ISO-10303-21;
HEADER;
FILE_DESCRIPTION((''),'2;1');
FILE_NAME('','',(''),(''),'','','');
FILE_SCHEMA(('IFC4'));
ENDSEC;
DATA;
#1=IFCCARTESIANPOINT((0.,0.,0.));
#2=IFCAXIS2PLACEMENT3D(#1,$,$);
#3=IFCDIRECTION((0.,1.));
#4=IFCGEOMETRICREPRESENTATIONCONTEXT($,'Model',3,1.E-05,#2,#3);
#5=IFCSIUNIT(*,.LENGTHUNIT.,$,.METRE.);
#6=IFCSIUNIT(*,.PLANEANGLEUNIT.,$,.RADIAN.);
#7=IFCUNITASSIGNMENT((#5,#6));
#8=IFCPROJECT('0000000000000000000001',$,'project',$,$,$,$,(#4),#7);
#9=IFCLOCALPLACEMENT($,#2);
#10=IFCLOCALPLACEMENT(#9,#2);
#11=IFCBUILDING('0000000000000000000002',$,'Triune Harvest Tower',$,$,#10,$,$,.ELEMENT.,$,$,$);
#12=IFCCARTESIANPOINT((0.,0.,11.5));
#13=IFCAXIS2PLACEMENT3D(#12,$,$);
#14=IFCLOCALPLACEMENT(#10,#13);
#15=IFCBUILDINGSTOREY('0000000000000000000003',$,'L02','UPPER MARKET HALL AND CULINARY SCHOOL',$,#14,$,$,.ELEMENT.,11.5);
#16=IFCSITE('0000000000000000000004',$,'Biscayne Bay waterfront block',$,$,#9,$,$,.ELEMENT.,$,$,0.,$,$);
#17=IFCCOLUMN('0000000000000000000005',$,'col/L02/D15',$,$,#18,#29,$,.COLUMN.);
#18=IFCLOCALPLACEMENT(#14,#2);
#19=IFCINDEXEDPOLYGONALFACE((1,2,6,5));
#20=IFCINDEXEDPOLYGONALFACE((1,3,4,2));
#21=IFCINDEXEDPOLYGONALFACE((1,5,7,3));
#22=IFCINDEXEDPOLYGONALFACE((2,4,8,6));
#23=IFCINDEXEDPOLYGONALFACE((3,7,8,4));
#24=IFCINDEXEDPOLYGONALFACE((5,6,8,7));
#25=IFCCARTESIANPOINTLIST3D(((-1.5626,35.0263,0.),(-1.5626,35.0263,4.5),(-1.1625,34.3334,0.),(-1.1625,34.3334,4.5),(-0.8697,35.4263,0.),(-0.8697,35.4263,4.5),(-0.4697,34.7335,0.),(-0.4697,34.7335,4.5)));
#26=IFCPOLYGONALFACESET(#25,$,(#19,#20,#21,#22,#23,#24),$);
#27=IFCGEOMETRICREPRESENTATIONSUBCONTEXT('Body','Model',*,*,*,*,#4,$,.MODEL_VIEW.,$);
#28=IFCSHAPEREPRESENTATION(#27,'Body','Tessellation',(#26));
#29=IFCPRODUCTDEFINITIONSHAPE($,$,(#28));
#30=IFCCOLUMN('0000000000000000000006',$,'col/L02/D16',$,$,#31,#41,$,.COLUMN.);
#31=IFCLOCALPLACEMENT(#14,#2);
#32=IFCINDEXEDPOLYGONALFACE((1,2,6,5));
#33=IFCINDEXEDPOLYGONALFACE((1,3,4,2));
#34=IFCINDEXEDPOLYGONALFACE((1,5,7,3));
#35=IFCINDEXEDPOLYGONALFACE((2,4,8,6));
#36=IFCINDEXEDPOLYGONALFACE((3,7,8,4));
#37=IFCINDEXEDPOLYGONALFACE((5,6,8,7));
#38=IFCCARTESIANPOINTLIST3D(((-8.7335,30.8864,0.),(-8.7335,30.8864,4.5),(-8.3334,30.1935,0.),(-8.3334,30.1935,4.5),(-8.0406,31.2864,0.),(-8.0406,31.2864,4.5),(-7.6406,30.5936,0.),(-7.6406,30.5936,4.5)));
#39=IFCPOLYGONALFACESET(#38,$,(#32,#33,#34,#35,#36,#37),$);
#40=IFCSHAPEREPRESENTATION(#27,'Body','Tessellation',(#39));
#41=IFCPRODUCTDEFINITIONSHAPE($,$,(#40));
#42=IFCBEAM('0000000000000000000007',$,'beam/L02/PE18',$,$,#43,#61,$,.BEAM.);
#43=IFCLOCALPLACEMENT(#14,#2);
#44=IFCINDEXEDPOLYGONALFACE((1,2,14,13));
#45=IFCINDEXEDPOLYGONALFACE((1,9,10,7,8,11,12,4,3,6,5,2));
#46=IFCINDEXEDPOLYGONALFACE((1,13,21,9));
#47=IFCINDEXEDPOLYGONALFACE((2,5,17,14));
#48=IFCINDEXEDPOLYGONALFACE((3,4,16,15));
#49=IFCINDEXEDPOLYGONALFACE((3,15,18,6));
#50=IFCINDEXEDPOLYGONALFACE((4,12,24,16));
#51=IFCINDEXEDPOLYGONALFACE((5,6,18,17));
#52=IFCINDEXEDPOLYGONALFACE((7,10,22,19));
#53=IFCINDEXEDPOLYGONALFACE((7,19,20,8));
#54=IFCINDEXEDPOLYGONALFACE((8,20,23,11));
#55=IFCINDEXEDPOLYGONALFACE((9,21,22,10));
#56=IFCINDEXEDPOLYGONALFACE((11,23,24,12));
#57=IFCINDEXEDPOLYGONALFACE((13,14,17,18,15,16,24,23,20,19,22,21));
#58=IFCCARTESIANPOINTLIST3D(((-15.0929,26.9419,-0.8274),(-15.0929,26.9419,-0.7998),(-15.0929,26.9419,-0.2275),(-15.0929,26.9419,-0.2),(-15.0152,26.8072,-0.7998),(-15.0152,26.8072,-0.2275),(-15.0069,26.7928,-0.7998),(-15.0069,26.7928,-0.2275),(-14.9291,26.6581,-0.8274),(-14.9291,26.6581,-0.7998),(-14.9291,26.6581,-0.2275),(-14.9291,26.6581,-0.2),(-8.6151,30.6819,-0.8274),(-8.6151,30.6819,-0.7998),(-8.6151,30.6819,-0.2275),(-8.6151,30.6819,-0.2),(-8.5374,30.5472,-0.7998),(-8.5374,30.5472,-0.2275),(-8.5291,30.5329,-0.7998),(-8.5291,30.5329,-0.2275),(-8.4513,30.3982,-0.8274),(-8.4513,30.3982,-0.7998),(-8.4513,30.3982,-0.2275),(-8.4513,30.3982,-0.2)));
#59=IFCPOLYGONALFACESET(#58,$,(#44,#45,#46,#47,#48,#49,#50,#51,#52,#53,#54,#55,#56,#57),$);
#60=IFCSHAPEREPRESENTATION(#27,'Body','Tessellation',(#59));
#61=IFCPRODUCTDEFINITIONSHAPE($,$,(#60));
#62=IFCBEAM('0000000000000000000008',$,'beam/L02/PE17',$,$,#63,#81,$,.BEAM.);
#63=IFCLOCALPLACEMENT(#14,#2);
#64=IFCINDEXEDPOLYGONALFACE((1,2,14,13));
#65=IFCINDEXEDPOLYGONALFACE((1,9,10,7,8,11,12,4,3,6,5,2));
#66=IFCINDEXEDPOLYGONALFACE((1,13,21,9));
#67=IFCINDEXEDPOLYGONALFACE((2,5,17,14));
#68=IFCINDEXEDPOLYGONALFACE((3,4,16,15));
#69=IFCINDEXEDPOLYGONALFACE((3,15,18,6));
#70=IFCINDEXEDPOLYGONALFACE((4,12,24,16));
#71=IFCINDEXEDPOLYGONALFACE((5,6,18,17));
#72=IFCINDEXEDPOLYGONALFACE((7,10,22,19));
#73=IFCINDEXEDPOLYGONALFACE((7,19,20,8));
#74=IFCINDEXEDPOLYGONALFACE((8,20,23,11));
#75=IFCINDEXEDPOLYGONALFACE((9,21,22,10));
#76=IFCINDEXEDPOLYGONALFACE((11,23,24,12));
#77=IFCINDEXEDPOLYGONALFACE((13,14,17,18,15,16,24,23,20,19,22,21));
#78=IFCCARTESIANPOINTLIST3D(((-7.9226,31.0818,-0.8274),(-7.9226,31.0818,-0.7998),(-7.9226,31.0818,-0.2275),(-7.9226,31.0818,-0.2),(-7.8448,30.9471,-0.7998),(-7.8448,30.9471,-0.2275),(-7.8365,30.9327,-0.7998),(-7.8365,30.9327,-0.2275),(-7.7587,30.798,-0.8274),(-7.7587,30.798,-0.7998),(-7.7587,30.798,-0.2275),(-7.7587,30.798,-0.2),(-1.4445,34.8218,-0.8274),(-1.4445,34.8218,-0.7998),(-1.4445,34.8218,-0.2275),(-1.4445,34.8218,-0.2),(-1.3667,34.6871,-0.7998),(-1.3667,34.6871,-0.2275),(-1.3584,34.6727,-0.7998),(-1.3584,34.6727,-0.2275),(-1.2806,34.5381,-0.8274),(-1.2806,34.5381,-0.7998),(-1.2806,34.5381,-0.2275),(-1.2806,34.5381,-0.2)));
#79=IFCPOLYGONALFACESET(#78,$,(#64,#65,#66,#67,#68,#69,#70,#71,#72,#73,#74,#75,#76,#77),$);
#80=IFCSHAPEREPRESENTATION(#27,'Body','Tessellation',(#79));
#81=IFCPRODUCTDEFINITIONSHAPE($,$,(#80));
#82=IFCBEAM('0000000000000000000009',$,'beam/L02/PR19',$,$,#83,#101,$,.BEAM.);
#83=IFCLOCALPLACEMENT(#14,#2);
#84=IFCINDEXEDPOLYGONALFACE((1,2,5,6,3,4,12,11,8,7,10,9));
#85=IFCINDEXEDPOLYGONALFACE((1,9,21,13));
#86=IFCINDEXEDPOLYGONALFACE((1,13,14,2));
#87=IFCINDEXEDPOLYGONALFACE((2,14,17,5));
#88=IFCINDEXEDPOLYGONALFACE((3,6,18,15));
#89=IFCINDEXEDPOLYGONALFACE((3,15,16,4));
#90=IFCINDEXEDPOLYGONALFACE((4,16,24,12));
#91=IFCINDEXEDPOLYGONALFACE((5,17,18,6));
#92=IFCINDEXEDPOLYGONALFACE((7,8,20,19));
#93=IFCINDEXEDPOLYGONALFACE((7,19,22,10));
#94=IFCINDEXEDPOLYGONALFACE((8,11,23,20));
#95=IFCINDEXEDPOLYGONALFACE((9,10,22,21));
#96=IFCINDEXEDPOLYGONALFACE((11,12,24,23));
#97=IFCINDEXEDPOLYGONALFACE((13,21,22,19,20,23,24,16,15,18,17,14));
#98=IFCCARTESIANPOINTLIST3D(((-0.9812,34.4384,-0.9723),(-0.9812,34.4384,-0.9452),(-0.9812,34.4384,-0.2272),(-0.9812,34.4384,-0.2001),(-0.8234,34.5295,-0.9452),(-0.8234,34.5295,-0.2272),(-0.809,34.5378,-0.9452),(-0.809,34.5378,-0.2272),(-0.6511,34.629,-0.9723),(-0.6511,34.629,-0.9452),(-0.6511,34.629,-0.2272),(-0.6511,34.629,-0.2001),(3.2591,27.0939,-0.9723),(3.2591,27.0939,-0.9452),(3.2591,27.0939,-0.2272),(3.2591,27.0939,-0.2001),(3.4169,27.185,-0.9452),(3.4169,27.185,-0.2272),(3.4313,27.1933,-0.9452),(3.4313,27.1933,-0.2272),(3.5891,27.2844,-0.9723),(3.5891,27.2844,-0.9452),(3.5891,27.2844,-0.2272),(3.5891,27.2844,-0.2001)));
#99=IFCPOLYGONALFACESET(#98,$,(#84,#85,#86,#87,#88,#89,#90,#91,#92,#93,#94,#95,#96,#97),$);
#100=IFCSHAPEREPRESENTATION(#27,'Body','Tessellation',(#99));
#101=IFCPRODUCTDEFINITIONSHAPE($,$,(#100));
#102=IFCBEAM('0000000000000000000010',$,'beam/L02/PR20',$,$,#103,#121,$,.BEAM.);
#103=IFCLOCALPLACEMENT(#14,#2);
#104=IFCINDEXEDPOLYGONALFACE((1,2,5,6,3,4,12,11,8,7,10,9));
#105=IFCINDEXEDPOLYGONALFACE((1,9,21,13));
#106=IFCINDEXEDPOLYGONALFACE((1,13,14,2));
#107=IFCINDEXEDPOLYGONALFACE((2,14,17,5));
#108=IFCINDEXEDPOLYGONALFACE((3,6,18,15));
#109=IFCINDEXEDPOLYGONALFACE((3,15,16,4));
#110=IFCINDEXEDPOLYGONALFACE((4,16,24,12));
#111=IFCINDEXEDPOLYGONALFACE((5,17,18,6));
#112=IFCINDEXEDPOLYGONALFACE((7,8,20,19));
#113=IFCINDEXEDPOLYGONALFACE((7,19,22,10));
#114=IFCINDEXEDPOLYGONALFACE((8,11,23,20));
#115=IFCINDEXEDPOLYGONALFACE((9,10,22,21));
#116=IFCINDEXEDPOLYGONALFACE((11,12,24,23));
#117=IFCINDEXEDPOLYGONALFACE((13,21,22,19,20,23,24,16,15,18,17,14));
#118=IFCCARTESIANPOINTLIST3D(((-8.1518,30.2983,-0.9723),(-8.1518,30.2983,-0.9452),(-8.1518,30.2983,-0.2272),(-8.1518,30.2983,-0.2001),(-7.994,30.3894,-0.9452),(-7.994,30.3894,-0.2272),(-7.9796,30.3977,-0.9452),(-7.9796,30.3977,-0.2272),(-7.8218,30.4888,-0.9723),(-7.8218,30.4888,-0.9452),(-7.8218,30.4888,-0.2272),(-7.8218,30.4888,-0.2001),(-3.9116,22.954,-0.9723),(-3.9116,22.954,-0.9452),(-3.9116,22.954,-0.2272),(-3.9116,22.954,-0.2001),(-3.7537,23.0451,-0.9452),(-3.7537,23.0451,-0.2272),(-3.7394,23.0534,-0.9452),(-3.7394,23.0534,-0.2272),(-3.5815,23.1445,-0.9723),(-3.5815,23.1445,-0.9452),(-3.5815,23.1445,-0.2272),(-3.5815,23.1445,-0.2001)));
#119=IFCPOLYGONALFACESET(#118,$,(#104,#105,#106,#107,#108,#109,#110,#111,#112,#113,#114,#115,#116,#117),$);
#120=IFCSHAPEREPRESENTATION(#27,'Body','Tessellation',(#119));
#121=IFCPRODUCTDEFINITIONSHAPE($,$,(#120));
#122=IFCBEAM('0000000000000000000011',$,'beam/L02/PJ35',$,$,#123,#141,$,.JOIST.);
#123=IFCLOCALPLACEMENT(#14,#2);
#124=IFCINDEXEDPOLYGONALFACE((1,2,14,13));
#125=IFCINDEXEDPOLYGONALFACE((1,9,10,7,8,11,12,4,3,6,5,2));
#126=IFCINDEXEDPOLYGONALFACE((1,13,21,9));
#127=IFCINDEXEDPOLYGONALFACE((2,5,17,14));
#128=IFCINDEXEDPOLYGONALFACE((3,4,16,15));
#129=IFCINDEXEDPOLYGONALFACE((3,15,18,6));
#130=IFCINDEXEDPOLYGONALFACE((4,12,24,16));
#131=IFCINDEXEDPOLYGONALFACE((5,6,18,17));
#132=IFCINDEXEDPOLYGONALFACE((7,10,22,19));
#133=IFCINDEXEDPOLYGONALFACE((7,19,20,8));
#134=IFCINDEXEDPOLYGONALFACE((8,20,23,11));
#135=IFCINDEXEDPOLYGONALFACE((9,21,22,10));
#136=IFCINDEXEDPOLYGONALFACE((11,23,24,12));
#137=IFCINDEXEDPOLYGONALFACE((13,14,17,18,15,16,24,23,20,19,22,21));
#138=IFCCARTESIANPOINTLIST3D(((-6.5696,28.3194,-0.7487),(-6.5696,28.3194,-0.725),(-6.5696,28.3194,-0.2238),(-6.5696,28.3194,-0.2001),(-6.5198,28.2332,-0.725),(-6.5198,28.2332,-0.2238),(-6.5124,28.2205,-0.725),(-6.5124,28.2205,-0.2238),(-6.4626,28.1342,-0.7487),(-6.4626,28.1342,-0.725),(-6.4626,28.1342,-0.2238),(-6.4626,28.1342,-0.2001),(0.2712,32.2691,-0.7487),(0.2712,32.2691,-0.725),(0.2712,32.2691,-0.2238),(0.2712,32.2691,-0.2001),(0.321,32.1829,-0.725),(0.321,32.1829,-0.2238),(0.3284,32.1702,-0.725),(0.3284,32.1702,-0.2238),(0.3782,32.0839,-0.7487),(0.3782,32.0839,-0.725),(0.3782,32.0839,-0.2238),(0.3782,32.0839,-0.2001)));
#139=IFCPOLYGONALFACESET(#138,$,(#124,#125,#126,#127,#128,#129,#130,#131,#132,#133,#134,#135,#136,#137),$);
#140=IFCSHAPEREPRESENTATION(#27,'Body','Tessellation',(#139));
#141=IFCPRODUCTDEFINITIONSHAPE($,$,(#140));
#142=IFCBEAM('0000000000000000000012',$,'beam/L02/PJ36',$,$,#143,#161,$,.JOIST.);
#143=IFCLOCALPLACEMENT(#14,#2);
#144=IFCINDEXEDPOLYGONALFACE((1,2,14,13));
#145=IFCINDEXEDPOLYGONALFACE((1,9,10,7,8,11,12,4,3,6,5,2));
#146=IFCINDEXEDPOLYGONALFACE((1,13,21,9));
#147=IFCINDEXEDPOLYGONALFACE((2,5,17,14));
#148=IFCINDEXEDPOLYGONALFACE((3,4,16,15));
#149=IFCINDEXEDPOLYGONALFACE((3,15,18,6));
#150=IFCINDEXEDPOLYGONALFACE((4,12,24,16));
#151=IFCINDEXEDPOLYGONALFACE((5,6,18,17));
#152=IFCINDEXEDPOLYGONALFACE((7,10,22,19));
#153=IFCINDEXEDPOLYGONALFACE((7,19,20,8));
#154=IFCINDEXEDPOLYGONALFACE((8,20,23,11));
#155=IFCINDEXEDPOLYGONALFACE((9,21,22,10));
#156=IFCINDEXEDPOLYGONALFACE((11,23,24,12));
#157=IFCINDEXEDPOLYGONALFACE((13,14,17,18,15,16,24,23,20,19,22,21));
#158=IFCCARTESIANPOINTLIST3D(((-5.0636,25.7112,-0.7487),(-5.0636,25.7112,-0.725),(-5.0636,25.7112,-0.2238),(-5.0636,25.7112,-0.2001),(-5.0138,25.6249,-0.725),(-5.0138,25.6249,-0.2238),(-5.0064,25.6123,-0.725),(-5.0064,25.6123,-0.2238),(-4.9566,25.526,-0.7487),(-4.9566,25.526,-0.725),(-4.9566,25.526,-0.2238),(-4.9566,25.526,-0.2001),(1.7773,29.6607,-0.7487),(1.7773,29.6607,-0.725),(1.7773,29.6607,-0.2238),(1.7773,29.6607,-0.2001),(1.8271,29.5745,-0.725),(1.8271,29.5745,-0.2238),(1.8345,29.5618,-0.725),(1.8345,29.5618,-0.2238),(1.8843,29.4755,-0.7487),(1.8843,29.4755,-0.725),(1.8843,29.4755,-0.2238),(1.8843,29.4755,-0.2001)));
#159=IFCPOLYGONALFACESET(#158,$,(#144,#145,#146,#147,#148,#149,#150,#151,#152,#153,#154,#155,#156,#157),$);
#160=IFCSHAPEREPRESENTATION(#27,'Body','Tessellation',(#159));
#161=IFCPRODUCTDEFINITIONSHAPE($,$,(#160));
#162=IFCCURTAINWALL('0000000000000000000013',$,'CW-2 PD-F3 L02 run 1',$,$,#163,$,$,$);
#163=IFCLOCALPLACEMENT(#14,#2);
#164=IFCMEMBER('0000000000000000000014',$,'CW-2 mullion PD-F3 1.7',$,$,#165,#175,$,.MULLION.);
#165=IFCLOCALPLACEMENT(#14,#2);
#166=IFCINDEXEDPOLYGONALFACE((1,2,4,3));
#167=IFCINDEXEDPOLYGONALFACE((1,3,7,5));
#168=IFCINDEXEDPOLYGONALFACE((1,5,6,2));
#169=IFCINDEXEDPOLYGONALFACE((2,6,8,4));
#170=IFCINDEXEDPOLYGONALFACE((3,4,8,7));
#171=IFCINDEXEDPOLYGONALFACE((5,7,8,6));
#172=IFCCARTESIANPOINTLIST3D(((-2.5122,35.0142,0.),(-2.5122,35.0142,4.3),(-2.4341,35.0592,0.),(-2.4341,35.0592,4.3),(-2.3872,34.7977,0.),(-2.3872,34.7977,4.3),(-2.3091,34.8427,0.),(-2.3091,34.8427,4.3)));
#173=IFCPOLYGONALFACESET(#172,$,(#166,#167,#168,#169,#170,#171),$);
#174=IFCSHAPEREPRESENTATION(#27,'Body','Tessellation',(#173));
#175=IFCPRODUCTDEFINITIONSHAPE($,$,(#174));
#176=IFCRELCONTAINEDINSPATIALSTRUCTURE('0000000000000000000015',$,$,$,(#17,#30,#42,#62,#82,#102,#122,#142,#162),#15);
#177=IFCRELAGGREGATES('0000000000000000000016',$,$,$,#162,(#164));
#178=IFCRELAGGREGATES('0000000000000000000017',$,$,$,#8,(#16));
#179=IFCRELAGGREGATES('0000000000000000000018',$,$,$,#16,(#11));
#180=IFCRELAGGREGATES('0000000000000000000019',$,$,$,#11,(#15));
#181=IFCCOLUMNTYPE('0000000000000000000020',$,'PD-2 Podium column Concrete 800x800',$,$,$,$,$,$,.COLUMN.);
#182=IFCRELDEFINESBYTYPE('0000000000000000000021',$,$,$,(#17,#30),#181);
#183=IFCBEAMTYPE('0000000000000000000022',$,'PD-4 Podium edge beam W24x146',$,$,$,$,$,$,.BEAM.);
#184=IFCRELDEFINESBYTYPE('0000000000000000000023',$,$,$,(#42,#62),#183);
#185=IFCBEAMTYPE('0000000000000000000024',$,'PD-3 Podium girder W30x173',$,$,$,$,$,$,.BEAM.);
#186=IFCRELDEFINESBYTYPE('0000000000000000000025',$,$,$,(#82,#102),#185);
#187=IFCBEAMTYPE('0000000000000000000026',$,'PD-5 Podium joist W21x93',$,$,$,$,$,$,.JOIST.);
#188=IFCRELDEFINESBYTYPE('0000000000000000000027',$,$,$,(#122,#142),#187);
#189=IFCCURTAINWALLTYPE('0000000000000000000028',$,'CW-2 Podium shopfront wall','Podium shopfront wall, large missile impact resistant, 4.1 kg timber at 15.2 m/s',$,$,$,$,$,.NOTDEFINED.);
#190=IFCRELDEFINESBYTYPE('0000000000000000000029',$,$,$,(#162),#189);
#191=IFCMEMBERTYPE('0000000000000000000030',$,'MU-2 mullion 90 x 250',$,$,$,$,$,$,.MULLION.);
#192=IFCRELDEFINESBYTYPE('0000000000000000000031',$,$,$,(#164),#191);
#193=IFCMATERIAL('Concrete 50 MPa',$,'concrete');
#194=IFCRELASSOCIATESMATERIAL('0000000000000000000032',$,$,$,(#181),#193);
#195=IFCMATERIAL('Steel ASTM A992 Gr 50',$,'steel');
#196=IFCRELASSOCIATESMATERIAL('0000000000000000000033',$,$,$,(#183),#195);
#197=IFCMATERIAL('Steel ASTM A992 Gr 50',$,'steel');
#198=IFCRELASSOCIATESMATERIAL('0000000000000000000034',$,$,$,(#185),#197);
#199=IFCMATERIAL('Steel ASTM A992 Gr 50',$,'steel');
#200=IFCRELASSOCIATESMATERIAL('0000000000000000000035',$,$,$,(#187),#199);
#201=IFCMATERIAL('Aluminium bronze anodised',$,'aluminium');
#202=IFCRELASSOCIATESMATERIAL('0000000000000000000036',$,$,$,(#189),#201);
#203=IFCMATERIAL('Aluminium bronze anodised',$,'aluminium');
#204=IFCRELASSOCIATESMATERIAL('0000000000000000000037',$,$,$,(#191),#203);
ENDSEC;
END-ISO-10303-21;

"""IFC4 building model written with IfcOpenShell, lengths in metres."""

from ifc_helpers import new_model, si_unit, direction, frame, origin, origin_2d, place, context, subcontext, project, spatial, rectangle, i_section, extrude, source, transform, mapped, material, material_profile, profile_set, type_object, element, aggregate, save


model = new_model("IFC4")

# Units and contexts
model_context = context("Model", 3, precision=1e-05, world=origin(), true_north=direction((0.0, 1.0)))
body_context = subcontext(model_context, "Body", "Model", "MODEL_VIEW")
ifc_project = project(units=[si_unit("LENGTHUNIT", "METRE"), si_unit("PLANEANGLEUNIT", "RADIAN")], contexts=[model_context])

# Site, building, storey
site_placement = place(None, origin())
site = spatial("IfcSite", under=ifc_project, at=site_placement, Name="Biscayne Bay waterfront block", CompositionType="ELEMENT", RefElevation=0.0)
building_placement = place(site_placement, origin())
building = spatial("IfcBuilding", under=site, at=building_placement, Name="Triune Harvest Tower", CompositionType="ELEMENT")
storey_placement = place(building_placement, frame((0.0, 0.0, 11.5)))
storey = spatial("IfcBuildingStorey", under=building, at=storey_placement, Name="L02", Description="UPPER MARKET HALL AND CULINARY SCHOOL", CompositionType="ELEMENT", Elevation=11.5)

# Columns
ifc_material_1 = material(Name="Concrete 50 MPa", Category="concrete")
ifc_material_profile_1 = material_profile(ifc_material_1, rectangle(XDim=0.8, YDim=0.8, at=origin_2d()), Name="Concrete 800x800")
ifc_profile_set_1 = profile_set([ifc_material_profile_1], Name="Concrete 50 MPa")
column_type = type_object("IfcColumnType", Name="PD-2 Podium column Concrete 800x800", PredefinedType="COLUMN", material=ifc_profile_set_1)
shared_shape_1 = source(origin(), body_context, "Body", "SweptSolid", [
    extrude(rectangle(XDim=0.8, YDim=0.8, at=origin_2d()), origin(), (0.0, 0.0, 1.0), 4.5),
])
for number, where, z_axis, x_axis, name in (
    (1, (-1.0161, 34.8799, 0.0), (0.0, 0.0, 1.0), (-0.866025, -0.5, 0.0), "col/L02/D15"),
    (2, (-8.187, 30.74, 0.0), (0.0, 0.0, 1.0), (-0.866025, -0.5, 0.0), "col/L02/D16"),
):
    element("IfcColumn", number, at=place(storey_placement, frame(where, z_axis=z_axis, x_axis=x_axis)), inside=storey, type_object=column_type, Name=name, PredefinedType="COLUMN", context=body_context, shape_type="MappedRepresentation", body=[
        mapped(shared_shape_1, transform((0.0, 0.0, 0.0), scale=1.0)),
    ])

# Beams
ifc_material_2 = material(Name="Steel ASTM A992 Gr 50", Category="steel")
ifc_material_profile_2 = material_profile(ifc_material_2, i_section(OverallWidth=0.3276, OverallDepth=0.6274, WebThickness=0.0166, FlangeThickness=0.0276, at=origin_2d()), Name="W24x146")
ifc_profile_set_2 = profile_set([ifc_material_profile_2], Name="Steel ASTM A992 Gr 50")
beam_type_1 = type_object("IfcBeamType", Name="PD-4 Podium edge beam W24x146", PredefinedType="BEAM", material=ifc_profile_set_2)
shared_shape_2 = source(origin(), body_context, "Body", "SweptSolid", [
    extrude(i_section(OverallWidth=0.3276, OverallDepth=0.6274, WebThickness=0.0166, FlangeThickness=0.0276, at=origin_2d()), origin(), (0.0, 0.0, 1.0), 7.48),
])
beam_1_placement = place(storey_placement, frame((-8.5332, 30.54, -0.5137), z_axis=(-0.866023, -0.500004, 0.0), x_axis=(0.500004, -0.866023, 0.0)))
element("IfcBeam", 3, at=beam_1_placement, inside=storey, type_object=beam_type_1, Name="beam/L02/PE18", PredefinedType="BEAM", context=body_context, shape_type="MappedRepresentation", body=[
    mapped(shared_shape_2, transform((0.0, 0.0, 0.0), scale=1.0)),
])
shared_shape_3 = source(origin(), body_context, "Body", "SweptSolid", [
    extrude(i_section(OverallWidth=0.3276, OverallDepth=0.6274, WebThickness=0.0166, FlangeThickness=0.0276, at=origin_2d()), origin(), (0.0, 0.0, 1.0), 7.4802),
])
beam_2_placement = place(storey_placement, frame((-1.3625, 34.6799, -0.5137), z_axis=(-0.866031, -0.49999, 0.0), x_axis=(0.49999, -0.866031, 0.0)))
element("IfcBeam", 4, at=beam_2_placement, inside=storey, type_object=beam_type_1, Name="beam/L02/PE17", PredefinedType="BEAM", context=body_context, shape_type="MappedRepresentation", body=[
    mapped(shared_shape_3, transform((0.0, 0.0, 0.0), scale=1.0)),
])
ifc_material_3 = material(Name="Steel ASTM A992 Gr 50", Category="steel")
ifc_material_profile_3 = material_profile(ifc_material_3, i_section(OverallWidth=0.3811, OverallDepth=0.7722, WebThickness=0.0166, FlangeThickness=0.0271, at=origin_2d()), Name="W30x173")
ifc_profile_set_3 = profile_set([ifc_material_profile_3], Name="Steel ASTM A992 Gr 50")
beam_type_2 = type_object("IfcBeamType", Name="PD-3 Podium girder W30x173", PredefinedType="BEAM", material=ifc_profile_set_3)
shared_shape_4 = source(origin(), body_context, "Body", "SweptSolid", [
    extrude(i_section(OverallWidth=0.3811, OverallDepth=0.7722, WebThickness=0.0166, FlangeThickness=0.0271, at=origin_2d()), origin(), (0.0, 0.0, 1.0), 8.4807),
])
beam_3_placement = place(storey_placement, frame((-0.8162, 34.5337, -0.5862), z_axis=(0.499991, -0.866031, 0.0), x_axis=(0.866031, 0.499991, 0.0)))
element("IfcBeam", 5, at=beam_3_placement, inside=storey, type_object=beam_type_2, Name="beam/L02/PR19", PredefinedType="BEAM", context=body_context, shape_type="MappedRepresentation", body=[
    mapped(shared_shape_4, transform((0.0, 0.0, 0.0), scale=1.0)),
])
shared_shape_5 = source(origin(), body_context, "Body", "SweptSolid", [
    extrude(i_section(OverallWidth=0.3811, OverallDepth=0.7722, WebThickness=0.0166, FlangeThickness=0.0271, at=origin_2d()), origin(), (0.0, 0.0, 1.0), 8.4805),
])
beam_4_placement = place(storey_placement, frame((-7.9868, 30.3936, -0.5862), z_axis=(0.500003, -0.866024, 0.0), x_axis=(0.866024, 0.500003, 0.0)))
element("IfcBeam", 6, at=beam_4_placement, inside=storey, type_object=beam_type_2, Name="beam/L02/PR20", PredefinedType="BEAM", context=body_context, shape_type="MappedRepresentation", body=[
    mapped(shared_shape_5, transform((0.0, 0.0, 0.0), scale=1.0)),
])
ifc_material_4 = material(Name="Steel ASTM A992 Gr 50", Category="steel")
ifc_material_profile_4 = material_profile(ifc_material_4, i_section(OverallWidth=0.2139, OverallDepth=0.5486, WebThickness=0.0146, FlangeThickness=0.0237, at=origin_2d()), Name="W21x93")
ifc_profile_set_4 = profile_set([ifc_material_profile_4], Name="Steel ASTM A992 Gr 50")
beam_type_3 = type_object("IfcBeamType", Name="PD-5 Podium joist W21x93", PredefinedType="JOIST", material=ifc_profile_set_4)
shared_shape_6 = source(origin(), body_context, "Body", "SweptSolid", [
    extrude(i_section(OverallWidth=0.2139, OverallDepth=0.5486, WebThickness=0.0146, FlangeThickness=0.0237, at=origin_2d()), origin(), (0.0, 0.0, 1.0), 7.8992),
])
for number, where, z_axis, x_axis, name in (
    (7, (0.3247, 32.1765, -0.4744), (-0.866017, -0.500015, 0.0), (0.500015, -0.866017, 0.0), "beam/L02/PJ35"),
    (8, (1.8308, 29.5681, -0.4744), (-0.86603, -0.499992, 0.0), (0.499992, -0.86603, 0.0), "beam/L02/PJ36"),
):
    element("IfcBeam", number, at=place(storey_placement, frame(where, z_axis=z_axis, x_axis=x_axis)), inside=storey, type_object=beam_type_3, Name=name, PredefinedType="JOIST", context=body_context, shape_type="MappedRepresentation", body=[
        mapped(shared_shape_6, transform((0.0, 0.0, 0.0), scale=1.0)),
    ])

# Curtain wall, member
ifc_material_5 = material(Name="Aluminium bronze anodised", Category="aluminium")
curtain_wall_type = type_object("IfcCurtainWallType", Name="CW-2 Podium shopfront wall", Description="Podium shopfront wall, large missile impact resistant, 4.1 kg timber at 15.2 m/s", PredefinedType="NOTDEFINED", material=ifc_material_5)
curtain_wall_placement = place(storey_placement, origin())
curtain_wall = element("IfcCurtainWall", 9, at=curtain_wall_placement, inside=storey, type_object=curtain_wall_type, Name="CW-2 PD-F3 L02 run 1")
ifc_material_6 = material(Name="Aluminium bronze anodised", Category="aluminium")
ifc_material_profile_5 = material_profile(ifc_material_6, rectangle(XDim=0.25, YDim=0.0901, at=origin_2d()), Name="MU-2 mullion 90 x 250")
ifc_profile_set_5 = profile_set([ifc_material_profile_5], Name="Aluminium bronze anodised")
member_type_1 = type_object("IfcMemberType", Name="MU-2 mullion 90 x 250", PredefinedType="MULLION", material=ifc_profile_set_5)
shared_shape_7 = source(origin(), body_context, "Body", "SweptSolid", [
    extrude(rectangle(XDim=0.25, YDim=0.0901, at=origin_2d()), origin(), (0.0, 0.0, 1.0), 4.3),
])
member_1_placement = place(storey_placement, frame((-2.4106, 34.9285, 0.0), z_axis=(0.0, 0.0, 1.0), x_axis=(0.5, -0.866025, 0.0)))
member_1 = element("IfcMember", 10, at=member_1_placement, type_object=member_type_1, Name="CW-2 mullion PD-F3 1.7", PredefinedType="MULLION", context=body_context, shape_type="MappedRepresentation", body=[
    mapped(shared_shape_7, transform((0.0, 0.0, 0.0), scale=1.0)),
])
aggregate(curtain_wall, [member_1])

save(model, "model.ifc")
